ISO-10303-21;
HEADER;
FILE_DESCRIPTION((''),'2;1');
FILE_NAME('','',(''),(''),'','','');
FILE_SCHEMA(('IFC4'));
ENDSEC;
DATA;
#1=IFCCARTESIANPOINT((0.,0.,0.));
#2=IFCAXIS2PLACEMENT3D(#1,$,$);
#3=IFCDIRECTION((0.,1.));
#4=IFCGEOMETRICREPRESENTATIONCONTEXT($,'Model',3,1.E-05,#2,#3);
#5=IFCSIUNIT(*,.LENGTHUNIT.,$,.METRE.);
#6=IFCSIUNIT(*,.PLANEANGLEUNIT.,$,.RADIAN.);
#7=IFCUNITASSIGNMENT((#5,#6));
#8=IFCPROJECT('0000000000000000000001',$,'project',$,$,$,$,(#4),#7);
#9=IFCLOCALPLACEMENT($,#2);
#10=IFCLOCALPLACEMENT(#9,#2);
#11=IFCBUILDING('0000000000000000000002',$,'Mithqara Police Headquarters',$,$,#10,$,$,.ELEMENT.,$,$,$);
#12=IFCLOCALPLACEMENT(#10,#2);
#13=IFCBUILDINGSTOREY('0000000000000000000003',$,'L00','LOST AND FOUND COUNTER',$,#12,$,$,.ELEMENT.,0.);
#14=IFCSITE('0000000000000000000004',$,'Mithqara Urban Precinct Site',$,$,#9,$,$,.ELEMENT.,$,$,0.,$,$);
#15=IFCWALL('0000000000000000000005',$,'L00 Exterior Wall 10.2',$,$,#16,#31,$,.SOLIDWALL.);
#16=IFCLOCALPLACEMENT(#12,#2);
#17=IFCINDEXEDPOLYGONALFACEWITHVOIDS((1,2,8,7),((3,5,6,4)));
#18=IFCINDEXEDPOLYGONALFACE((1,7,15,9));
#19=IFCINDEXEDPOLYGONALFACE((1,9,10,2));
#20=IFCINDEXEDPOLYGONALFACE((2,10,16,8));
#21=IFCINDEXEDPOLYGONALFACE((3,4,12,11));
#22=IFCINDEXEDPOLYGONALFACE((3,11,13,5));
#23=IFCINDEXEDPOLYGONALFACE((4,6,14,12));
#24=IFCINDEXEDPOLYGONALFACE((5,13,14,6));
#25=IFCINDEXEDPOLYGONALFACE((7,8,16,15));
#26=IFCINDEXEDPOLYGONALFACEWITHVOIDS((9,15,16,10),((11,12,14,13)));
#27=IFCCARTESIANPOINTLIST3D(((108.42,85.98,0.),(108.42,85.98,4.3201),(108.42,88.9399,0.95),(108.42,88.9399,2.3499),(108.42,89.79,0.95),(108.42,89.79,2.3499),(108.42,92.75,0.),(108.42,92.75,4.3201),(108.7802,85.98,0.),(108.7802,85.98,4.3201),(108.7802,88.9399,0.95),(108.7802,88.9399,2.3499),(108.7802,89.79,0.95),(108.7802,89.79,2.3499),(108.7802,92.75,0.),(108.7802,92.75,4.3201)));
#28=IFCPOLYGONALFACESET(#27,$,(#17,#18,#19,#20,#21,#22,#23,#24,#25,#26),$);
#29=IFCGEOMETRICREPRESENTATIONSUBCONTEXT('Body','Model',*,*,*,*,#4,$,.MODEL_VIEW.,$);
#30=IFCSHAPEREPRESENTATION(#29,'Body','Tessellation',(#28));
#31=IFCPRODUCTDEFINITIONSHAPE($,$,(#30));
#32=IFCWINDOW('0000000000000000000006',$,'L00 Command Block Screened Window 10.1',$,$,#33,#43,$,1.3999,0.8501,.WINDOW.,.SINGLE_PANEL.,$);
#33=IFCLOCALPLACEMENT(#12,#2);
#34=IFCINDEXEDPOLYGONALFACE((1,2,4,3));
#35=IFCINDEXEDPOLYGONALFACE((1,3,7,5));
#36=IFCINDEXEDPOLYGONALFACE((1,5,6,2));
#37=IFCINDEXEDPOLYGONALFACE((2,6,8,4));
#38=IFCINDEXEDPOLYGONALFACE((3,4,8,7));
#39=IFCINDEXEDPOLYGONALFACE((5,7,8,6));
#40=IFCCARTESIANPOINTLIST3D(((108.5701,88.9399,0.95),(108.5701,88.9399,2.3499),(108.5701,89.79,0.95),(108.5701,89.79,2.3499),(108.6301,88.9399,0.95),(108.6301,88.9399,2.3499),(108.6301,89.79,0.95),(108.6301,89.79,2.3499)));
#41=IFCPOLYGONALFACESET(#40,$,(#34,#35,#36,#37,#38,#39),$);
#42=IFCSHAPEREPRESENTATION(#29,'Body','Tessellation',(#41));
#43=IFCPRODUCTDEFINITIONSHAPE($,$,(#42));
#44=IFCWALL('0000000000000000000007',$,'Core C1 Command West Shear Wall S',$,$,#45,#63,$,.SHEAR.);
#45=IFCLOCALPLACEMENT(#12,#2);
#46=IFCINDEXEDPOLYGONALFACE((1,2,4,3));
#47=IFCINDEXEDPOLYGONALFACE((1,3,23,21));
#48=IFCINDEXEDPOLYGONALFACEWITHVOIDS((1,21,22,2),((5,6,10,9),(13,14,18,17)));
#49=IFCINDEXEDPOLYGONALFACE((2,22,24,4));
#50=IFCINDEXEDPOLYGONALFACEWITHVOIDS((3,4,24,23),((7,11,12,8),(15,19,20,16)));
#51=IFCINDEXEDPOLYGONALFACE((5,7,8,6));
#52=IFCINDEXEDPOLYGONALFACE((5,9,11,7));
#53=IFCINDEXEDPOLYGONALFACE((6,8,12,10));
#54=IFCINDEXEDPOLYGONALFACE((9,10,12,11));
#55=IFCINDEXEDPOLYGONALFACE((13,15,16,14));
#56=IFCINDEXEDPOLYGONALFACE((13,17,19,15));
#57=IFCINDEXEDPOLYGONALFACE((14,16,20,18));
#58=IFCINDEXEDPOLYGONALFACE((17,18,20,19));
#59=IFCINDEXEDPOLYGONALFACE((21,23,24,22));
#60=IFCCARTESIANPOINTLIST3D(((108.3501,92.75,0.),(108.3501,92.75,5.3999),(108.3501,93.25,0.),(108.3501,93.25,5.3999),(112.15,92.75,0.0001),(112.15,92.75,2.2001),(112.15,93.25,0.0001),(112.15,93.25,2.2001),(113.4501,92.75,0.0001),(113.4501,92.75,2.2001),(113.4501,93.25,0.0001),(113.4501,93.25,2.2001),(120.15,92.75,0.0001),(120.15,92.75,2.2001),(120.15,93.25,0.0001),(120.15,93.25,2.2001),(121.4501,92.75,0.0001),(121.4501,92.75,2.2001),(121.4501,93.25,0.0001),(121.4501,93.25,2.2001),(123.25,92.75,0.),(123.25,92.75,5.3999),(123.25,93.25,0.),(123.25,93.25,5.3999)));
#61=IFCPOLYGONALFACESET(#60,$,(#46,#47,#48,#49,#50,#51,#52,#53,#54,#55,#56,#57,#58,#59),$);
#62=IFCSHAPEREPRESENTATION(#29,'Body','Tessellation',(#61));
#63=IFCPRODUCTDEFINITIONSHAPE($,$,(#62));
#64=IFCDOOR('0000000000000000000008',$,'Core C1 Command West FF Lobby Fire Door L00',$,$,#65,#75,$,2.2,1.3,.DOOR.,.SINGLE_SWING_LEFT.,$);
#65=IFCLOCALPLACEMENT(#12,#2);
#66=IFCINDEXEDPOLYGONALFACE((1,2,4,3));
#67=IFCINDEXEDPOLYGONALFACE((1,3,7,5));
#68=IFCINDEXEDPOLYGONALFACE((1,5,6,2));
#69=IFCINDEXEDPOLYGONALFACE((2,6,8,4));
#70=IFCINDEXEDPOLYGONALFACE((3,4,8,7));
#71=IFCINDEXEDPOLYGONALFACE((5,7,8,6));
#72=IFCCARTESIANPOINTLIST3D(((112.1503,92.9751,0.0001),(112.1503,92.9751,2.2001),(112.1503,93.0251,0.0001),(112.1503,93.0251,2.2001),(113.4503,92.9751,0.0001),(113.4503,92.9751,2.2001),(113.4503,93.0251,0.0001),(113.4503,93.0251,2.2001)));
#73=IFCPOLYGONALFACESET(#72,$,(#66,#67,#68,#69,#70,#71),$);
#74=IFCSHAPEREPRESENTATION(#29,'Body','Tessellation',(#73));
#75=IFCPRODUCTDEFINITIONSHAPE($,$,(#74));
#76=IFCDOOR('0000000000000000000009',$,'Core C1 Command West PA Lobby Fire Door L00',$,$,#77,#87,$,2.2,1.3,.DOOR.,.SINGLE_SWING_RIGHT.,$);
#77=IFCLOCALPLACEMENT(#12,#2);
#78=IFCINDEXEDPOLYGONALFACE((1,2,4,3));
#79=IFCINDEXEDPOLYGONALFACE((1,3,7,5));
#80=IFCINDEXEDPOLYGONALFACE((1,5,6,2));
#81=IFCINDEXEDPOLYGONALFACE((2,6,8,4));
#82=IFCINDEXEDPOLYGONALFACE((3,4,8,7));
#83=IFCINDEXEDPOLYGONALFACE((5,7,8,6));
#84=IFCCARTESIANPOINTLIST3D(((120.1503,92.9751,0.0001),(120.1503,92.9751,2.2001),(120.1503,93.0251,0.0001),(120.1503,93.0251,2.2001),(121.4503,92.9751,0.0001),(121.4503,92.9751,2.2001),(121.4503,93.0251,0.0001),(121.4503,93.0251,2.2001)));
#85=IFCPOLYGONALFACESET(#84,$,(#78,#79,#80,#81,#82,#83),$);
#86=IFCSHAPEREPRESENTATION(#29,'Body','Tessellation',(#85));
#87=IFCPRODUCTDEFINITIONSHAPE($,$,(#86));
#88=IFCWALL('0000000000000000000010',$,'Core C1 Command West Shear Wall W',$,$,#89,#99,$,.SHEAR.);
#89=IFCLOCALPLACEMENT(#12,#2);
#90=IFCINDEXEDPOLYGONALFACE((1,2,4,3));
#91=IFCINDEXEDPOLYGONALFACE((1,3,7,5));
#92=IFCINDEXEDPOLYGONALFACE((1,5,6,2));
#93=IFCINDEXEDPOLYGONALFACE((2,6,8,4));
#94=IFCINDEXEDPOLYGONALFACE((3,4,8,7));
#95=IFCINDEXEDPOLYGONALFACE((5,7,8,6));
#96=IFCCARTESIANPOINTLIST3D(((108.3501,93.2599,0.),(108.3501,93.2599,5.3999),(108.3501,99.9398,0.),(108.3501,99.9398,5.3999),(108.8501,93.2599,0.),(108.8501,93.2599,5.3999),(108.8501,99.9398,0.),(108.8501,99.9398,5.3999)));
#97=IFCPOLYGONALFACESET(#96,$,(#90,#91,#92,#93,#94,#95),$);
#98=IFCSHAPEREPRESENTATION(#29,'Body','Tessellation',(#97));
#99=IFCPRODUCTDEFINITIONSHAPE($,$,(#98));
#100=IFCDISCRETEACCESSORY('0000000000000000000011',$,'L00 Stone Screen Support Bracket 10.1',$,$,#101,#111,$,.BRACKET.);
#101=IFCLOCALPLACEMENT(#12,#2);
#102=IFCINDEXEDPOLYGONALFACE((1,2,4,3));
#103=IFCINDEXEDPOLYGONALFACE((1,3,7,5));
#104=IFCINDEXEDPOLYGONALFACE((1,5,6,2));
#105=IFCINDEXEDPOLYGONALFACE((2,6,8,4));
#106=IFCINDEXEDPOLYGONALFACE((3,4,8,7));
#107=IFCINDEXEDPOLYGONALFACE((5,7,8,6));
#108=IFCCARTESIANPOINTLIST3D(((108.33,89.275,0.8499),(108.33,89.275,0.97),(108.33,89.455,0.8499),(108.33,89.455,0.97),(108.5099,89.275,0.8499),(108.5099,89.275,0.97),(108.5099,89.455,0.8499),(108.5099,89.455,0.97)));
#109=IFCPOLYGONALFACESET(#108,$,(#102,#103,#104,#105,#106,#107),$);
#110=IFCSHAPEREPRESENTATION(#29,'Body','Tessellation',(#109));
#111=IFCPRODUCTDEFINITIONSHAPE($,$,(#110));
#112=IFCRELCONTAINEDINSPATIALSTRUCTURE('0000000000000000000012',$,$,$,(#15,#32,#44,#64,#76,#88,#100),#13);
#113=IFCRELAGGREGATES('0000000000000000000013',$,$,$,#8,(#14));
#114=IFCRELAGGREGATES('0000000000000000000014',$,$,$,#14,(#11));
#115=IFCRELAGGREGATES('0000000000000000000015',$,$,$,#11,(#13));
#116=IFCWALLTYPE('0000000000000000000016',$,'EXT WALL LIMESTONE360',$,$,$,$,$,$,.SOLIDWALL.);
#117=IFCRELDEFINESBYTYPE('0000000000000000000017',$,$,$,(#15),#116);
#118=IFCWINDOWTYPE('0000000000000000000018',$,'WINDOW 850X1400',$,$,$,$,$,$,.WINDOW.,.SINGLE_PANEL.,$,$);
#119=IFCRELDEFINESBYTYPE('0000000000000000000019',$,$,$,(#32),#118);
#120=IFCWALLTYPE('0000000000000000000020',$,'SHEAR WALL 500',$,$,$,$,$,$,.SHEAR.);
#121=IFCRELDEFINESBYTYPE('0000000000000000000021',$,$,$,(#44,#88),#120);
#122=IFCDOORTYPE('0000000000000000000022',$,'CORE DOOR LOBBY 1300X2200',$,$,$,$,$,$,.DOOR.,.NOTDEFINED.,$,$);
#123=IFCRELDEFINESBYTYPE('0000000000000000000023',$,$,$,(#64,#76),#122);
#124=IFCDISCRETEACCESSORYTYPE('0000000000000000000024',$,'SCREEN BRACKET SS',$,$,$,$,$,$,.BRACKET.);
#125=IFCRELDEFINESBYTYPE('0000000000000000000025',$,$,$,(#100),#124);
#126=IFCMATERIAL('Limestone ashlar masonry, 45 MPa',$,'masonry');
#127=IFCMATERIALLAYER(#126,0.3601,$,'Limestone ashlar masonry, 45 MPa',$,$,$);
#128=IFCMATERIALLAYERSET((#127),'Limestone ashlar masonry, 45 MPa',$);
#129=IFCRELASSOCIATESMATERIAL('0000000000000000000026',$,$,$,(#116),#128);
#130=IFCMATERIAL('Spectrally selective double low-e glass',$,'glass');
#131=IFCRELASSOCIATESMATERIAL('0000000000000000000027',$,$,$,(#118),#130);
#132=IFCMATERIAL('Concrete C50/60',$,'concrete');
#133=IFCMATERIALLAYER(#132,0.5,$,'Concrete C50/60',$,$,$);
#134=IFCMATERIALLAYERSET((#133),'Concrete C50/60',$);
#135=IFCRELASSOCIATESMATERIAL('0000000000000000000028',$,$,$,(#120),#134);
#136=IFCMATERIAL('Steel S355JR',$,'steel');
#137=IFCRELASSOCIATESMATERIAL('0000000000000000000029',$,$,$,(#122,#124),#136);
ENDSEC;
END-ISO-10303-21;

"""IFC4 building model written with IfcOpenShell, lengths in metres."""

from ifc_helpers import new_model, si_unit, direction, frame, frame_2d, origin, origin_2d, place, context, subcontext, project, spatial, rectangle, extrude, material, layer, layer_set, type_object, element, fill, save


model = new_model("IFC4")

# Units and contexts
model_context = context("Model", 3, precision=1e-05, world=origin(), true_north=direction((0.0, 1.0)))
body_context = subcontext(model_context, "Body", "Model", "MODEL_VIEW")
ifc_project = project(units=[si_unit("LENGTHUNIT", "METRE"), si_unit("PLANEANGLEUNIT", "RADIAN")], contexts=[model_context])

# Site, building, storey
site_placement = place(None, origin())
site = spatial("IfcSite", under=ifc_project, at=site_placement, Name="Mithqara Urban Precinct Site", CompositionType="ELEMENT", RefElevation=0.0)
building_placement = place(site_placement, origin())
building = spatial("IfcBuilding", under=site, at=building_placement, Name="Mithqara Police Headquarters", CompositionType="ELEMENT")
storey_placement = place(building_placement, origin())
storey = spatial("IfcBuildingStorey", under=building, at=storey_placement, Name="L00", Description="LOST AND FOUND COUNTER", CompositionType="ELEMENT", Elevation=0.0)

# Shared definitions
ifc_material_1 = material(Name="Concrete C50/60", Category="concrete")

# Shared definitions
ifc_material_2 = material(Name="Steel S355JR", Category="steel")

# Shared definitions
ifc_material_3 = material(Name="Limestone ashlar masonry, 45 MPa", Category="masonry")

# Wall, opening, window
ifc_layer_1 = layer(ifc_material_3, 0.3601, Name="Limestone ashlar masonry, 45 MPa")
ifc_layer_set_1 = layer_set([ifc_layer_1], Name="Limestone ashlar masonry, 45 MPa")
wall_type_1 = type_object("IfcWallType", Name="EXT WALL LIMESTONE360", PredefinedType="SOLIDWALL", material=ifc_layer_set_1)
wall_1_placement = place(storey_placement, frame((108.6001, 92.75, 0.0), z_axis=(0.0, 0.0, 1.0), x_axis=(0.0, -1.0, 0.0)))
wall_1 = element("IfcWall", 1, at=wall_1_placement, inside=storey, type_object=wall_type_1, Name="L00 Exterior Wall 10.2", PredefinedType="SOLIDWALL", context=body_context, shape_type="SweptSolid", body=[
    extrude(rectangle(XDim=6.77, YDim=0.3601, at=frame_2d((3.385, 0.0))), origin(), (0.0, 0.0, 1.0), 4.3201),
])
opening_1_placement = place(wall_1_placement, frame((2.96, 0.0, 0.95)))
opening_1 = element("IfcOpeningElement", 2, at=opening_1_placement, cuts=wall_1, PredefinedType="OPENING", context=body_context, shape_type="SweptSolid", body=[
    extrude(rectangle(XDim=0.8501, YDim=1.3999, at=frame_2d((0.425, 0.7))), frame((0.0, 0.1899, 0.0), z_axis=(0.0, -1.0, 0.0), x_axis=(1.0, 0.0, 0.0)), (0.0, 0.0, 1.0), 0.3801),
])
ifc_material_4 = material(Name="Spectrally selective double low-e glass", Category="glass")
window_type = type_object("IfcWindowType", Name="WINDOW 850X1400", PartitioningType="SINGLE_PANEL", PredefinedType="WINDOW", material=ifc_material_4)
window_placement = place(opening_1_placement, origin())
window = element("IfcWindow", 3, at=window_placement, inside=storey, type_object=window_type, Name="L00 Command Block Screened Window 10.1", OverallHeight=1.3999, OverallWidth=0.8501, PartitioningType="SINGLE_PANEL", PredefinedType="WINDOW", context=body_context, shape_type="SweptSolid", body=[
    extrude(rectangle(XDim=0.8501, YDim=1.3999, at=frame_2d((0.425, 0.7))), frame((0.0, 0.03, 0.0), z_axis=(0.0, -1.0, 0.0), x_axis=(1.0, 0.0, 0.0)), (0.0, 0.0, 1.0), 0.0601),
])
fill(opening_1, window)

# Wall, openings, doors
ifc_layer_2 = layer(ifc_material_1, 0.5, Name="Concrete C50/60")
ifc_layer_set_2 = layer_set([ifc_layer_2], Name="Concrete C50/60")
wall_type_2 = type_object("IfcWallType", Name="SHEAR WALL 500", PredefinedType="SHEAR", material=ifc_layer_set_2)
wall_2_placement = place(storey_placement, frame((108.3501, 93.0, 0.0), z_axis=(0.0, 0.0, 1.0), x_axis=(1.0, 0.0, 0.0)))
wall_2 = element("IfcWall", 4, at=wall_2_placement, inside=storey, type_object=wall_type_2, Name="Core C1 Command West Shear Wall S", PredefinedType="SHEAR", context=body_context, shape_type="SweptSolid", body=[
    extrude(rectangle(XDim=14.8999, YDim=0.5, at=frame_2d((7.45, 0.0))), origin(), (0.0, 0.0, 1.0), 5.3999),
])
opening_2_placement = place(wall_2_placement, frame((3.8, 0.0, 0.0)))
opening_2 = element("IfcOpeningElement", 5, at=opening_2_placement, cuts=wall_2, PredefinedType="OPENING", context=body_context, shape_type="SweptSolid", body=[
    extrude(rectangle(XDim=1.3, YDim=2.2, at=frame_2d((0.6499, 1.1001))), frame((0.0, 0.26, 0.0), z_axis=(0.0, -1.0, 0.0), x_axis=(1.0, 0.0, 0.0)), (0.0, 0.0, 1.0), 0.52),
])
opening_3_placement = place(wall_2_placement, frame((11.8, 0.0, 0.0)))
opening_3 = element("IfcOpeningElement", 6, at=opening_3_placement, cuts=wall_2, PredefinedType="OPENING", context=body_context, shape_type="SweptSolid", body=[
    extrude(rectangle(XDim=1.3, YDim=2.2, at=frame_2d((0.6499, 1.1001))), frame((0.0, 0.26, 0.0), z_axis=(0.0, -1.0, 0.0), x_axis=(1.0, 0.0, 0.0)), (0.0, 0.0, 1.0), 0.52),
])
door_type = type_object("IfcDoorType", Name="CORE DOOR LOBBY 1300X2200", OperationType="NOTDEFINED", PredefinedType="DOOR", material=ifc_material_2)
door_1_placement = place(opening_2_placement, frame((1.3, 0.0, 0.0), z_axis=(0.0, 0.0, 1.0), x_axis=(-1.0, 0.0, 0.0)))
door_1 = element("IfcDoor", 7, at=door_1_placement, inside=storey, type_object=door_type, Name="Core C1 Command West FF Lobby Fire Door L00", OperationType="SINGLE_SWING_LEFT", OverallHeight=2.2, OverallWidth=1.3, PredefinedType="DOOR", context=body_context, shape_type="SweptSolid", body=[
    extrude(rectangle(XDim=1.3, YDim=2.2, at=frame_2d((0.6499, 1.1001))), frame((0.0, 0.0249, 0.0), z_axis=(0.0, -1.0, 0.0), x_axis=(1.0, 0.0, 0.0)), (0.0, 0.0, 1.0), 0.05),
])
fill(opening_2, door_1)
door_2_placement = place(opening_3_placement, frame((1.3, 0.0, 0.0), z_axis=(0.0, 0.0, 1.0), x_axis=(-1.0, 0.0, 0.0)))
door_2 = element("IfcDoor", 8, at=door_2_placement, inside=storey, type_object=door_type, Name="Core C1 Command West PA Lobby Fire Door L00", OperationType="SINGLE_SWING_RIGHT", OverallHeight=2.2, OverallWidth=1.3, PredefinedType="DOOR", context=body_context, shape_type="SweptSolid", body=[
    extrude(rectangle(XDim=1.3, YDim=2.2, at=frame_2d((0.6499, 1.1001))), frame((0.0, 0.0249, 0.0), z_axis=(0.0, -1.0, 0.0), x_axis=(1.0, 0.0, 0.0)), (0.0, 0.0, 1.0), 0.05),
])
fill(opening_3, door_2)

# Wall
wall_3_placement = place(storey_placement, frame((108.6001, 93.26, 0.0), z_axis=(0.0, 0.0, 1.0), x_axis=(0.0, 1.0, 0.0)))
element("IfcWall", 9, at=wall_3_placement, inside=storey, type_object=wall_type_2, Name="Core C1 Command West Shear Wall W", PredefinedType="SHEAR", context=body_context, shape_type="SweptSolid", body=[
    extrude(rectangle(XDim=6.6799, YDim=0.5, at=frame_2d((3.3398, 0.0))), origin(), (0.0, 0.0, 1.0), 5.3999),
])

# Discrete accessory
discrete_accessory_type = type_object("IfcDiscreteAccessoryType", Name="SCREEN BRACKET SS", PredefinedType="BRACKET", material=ifc_material_2)
discrete_accessory_placement = place(storey_placement, frame((108.4199, 89.365, 0.8499), z_axis=(0.0, 0.0, 1.0), x_axis=(0.0, 1.0, 0.0)))
element("IfcDiscreteAccessory", 10, at=discrete_accessory_placement, inside=storey, type_object=discrete_accessory_type, Name="L00 Stone Screen Support Bracket 10.1", PredefinedType="BRACKET", context=body_context, shape_type="SweptSolid", body=[
    extrude(rectangle(XDim=0.1799, YDim=0.1799, at=origin_2d()), origin(), (0.0, 0.0, 1.0), 0.1201),
])

save(model, "model.ifc")
